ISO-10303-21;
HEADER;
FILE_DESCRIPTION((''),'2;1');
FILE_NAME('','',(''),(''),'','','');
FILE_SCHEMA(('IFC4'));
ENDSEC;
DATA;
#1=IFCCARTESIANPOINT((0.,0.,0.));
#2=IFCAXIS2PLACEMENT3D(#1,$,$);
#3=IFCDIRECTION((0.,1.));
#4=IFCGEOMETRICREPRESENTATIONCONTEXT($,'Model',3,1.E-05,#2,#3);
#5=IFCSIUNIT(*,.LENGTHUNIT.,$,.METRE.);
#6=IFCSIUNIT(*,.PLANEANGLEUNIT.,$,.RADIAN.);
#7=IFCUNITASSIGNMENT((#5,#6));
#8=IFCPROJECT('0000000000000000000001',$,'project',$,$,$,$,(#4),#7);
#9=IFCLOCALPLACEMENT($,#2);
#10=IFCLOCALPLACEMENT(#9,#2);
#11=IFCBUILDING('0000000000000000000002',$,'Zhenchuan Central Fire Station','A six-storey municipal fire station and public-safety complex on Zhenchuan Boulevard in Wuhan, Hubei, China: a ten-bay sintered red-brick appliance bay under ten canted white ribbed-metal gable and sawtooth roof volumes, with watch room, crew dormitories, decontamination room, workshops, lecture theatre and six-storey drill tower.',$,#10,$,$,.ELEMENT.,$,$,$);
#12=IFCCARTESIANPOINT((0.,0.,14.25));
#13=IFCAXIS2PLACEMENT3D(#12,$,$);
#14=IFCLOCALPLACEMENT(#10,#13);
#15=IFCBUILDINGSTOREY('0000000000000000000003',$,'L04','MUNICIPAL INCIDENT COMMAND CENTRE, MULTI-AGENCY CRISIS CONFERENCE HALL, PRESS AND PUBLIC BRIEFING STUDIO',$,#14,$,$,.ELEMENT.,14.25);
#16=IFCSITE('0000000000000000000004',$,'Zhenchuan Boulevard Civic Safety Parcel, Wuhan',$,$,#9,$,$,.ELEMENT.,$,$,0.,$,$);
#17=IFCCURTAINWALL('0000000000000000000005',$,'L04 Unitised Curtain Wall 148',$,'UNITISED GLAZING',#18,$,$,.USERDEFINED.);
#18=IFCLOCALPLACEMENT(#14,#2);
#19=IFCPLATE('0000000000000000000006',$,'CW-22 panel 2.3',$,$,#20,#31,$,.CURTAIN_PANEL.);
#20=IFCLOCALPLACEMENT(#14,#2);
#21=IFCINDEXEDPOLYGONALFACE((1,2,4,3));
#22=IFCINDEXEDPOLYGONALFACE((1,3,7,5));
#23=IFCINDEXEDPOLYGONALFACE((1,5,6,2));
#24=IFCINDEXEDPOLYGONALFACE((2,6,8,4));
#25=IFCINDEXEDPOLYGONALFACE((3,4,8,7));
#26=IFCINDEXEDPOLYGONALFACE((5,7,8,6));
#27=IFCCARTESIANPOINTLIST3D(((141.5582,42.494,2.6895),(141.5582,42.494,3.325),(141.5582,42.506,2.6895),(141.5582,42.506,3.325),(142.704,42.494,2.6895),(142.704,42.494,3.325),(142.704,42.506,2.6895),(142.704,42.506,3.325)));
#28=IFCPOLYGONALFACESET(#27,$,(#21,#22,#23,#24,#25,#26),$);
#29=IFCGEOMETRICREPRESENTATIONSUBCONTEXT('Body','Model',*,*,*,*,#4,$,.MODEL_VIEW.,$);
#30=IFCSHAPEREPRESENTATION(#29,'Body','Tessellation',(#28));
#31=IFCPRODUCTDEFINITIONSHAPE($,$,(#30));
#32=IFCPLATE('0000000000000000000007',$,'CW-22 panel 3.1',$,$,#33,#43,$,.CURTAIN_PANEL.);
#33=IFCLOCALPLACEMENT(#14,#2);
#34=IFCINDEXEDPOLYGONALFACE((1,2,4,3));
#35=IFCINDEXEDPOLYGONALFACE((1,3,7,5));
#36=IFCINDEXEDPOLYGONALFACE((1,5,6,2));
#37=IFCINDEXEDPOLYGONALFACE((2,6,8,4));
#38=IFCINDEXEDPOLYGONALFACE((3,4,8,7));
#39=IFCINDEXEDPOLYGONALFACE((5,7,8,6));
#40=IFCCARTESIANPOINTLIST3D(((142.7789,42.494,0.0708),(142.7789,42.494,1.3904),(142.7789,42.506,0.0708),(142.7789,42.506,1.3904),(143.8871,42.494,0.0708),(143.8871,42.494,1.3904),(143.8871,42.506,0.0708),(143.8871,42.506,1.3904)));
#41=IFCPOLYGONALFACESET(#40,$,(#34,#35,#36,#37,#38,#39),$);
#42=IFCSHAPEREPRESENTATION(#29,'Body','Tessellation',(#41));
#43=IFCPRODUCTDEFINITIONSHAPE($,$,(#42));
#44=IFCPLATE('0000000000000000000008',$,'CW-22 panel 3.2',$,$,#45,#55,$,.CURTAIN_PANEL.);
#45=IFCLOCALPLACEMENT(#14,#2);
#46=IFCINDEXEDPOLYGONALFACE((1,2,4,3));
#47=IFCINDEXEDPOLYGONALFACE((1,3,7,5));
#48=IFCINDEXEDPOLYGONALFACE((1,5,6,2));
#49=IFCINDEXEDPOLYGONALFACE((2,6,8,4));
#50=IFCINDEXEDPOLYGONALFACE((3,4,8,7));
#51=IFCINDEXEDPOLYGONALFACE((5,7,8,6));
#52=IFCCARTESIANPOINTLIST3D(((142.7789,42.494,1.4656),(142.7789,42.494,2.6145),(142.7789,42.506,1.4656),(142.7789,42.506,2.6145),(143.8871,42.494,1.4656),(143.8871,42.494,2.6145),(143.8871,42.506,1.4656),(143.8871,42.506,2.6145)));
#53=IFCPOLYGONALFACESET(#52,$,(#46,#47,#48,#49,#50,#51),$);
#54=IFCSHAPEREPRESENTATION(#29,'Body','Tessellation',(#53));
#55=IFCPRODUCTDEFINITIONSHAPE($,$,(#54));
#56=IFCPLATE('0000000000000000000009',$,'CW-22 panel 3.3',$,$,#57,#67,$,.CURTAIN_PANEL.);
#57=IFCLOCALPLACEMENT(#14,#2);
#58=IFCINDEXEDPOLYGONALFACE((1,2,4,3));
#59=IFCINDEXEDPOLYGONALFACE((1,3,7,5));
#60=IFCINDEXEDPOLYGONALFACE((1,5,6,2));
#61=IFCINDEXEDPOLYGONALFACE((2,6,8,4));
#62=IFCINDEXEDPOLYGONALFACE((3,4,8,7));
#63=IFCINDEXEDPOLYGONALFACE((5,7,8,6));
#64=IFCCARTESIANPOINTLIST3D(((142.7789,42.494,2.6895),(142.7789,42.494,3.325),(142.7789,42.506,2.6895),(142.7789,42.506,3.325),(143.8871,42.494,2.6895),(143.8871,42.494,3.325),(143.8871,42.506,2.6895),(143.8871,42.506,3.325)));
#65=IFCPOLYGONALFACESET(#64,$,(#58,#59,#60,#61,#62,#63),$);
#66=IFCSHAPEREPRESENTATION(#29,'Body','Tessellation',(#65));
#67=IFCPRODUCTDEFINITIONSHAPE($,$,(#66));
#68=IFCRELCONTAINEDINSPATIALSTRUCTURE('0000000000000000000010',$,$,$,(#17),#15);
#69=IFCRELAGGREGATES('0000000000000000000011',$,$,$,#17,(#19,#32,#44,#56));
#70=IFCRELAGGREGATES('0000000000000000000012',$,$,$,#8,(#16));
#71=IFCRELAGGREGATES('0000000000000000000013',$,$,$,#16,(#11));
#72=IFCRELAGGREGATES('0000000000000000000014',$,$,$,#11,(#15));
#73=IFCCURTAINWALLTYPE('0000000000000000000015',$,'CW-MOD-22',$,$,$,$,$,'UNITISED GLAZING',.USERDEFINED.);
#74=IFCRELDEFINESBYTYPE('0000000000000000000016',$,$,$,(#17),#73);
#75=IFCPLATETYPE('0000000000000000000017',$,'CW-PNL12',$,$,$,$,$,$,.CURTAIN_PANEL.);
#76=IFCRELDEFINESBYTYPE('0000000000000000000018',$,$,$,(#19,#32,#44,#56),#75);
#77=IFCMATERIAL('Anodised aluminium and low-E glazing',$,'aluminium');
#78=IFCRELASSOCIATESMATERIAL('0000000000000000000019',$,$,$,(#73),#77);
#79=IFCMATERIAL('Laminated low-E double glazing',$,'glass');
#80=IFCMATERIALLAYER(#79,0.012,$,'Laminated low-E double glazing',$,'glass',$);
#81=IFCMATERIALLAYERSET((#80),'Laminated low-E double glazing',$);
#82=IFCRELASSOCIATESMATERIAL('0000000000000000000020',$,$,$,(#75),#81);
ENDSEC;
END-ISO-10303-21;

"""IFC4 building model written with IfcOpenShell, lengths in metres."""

from ifc_helpers import new_model, si_unit, direction, frame, origin, origin_2d, place, context, subcontext, project, spatial, rectangle, extrude, material, layer, layer_set, type_object, element, aggregate, save


model = new_model("IFC4")

# Units and contexts
model_context = context("Model", 3, precision=1e-05, world=origin(), true_north=direction((0.0, 1.0)))
body_context = subcontext(model_context, "Body", "Model", "MODEL_VIEW")
ifc_project = project(units=[si_unit("LENGTHUNIT", "METRE"), si_unit("PLANEANGLEUNIT", "RADIAN")], contexts=[model_context])

# Site, building, storey
site_placement = place(None, origin())
site = spatial("IfcSite", under=ifc_project, at=site_placement, Name="Zhenchuan Boulevard Civic Safety Parcel, Wuhan", CompositionType="ELEMENT", RefElevation=0.0)
building_placement = place(site_placement, origin())
building = spatial("IfcBuilding", under=site, at=building_placement, Name="Zhenchuan Central Fire Station", Description="A six-storey municipal fire station and public-safety complex on Zhenchuan Boulevard in Wuhan, Hubei, China: a ten-bay sintered red-brick appliance bay under ten canted white ribbed-metal gable and sawtooth roof volumes, with watch room, crew dormitories, decontamination room, workshops, lecture theatre and six-storey drill tower.", CompositionType="ELEMENT")
storey_placement = place(building_placement, frame((0.0, 0.0, 14.25)))
storey = spatial("IfcBuildingStorey", under=building, at=storey_placement, Name="L04", Description="MUNICIPAL INCIDENT COMMAND CENTRE, MULTI-AGENCY CRISIS CONFERENCE HALL, PRESS AND PUBLIC BRIEFING STUDIO", CompositionType="ELEMENT", Elevation=14.25)

# Shared definitions
ifc_material_1 = material(Name="Anodised aluminium and low-E glazing", Category="aluminium")

# Curtain wall
curtain_wall_type_1 = type_object("IfcCurtainWallType", Name="CW-MOD-22", ElementType="UNITISED GLAZING", PredefinedType="USERDEFINED", material=ifc_material_1)
curtain_wall_1_placement = place(storey_placement, origin())
curtain_wall_1 = element("IfcCurtainWall", 1, at=curtain_wall_1_placement, inside=storey, type_object=curtain_wall_type_1, Name="L04 Unitised Curtain Wall 148", ObjectType="UNITISED GLAZING", PredefinedType="USERDEFINED")

# Plates
ifc_material_2 = material(Name="Laminated low-E double glazing", Category="glass")
ifc_layer = layer(ifc_material_2, 0.012, Name="Laminated low-E double glazing", Category="glass")
ifc_layer_set = layer_set([ifc_layer], Name="Laminated low-E double glazing")
plate_type = type_object("IfcPlateType", Name="CW-PNL12", PredefinedType="CURTAIN_PANEL", material=ifc_layer_set)
plate_1_placement = place(storey_placement, frame((142.1311, 42.5, 2.6895), z_axis=(0.0, 0.0, 1.0), x_axis=(1.0, 0.0, 0.0)))
plate_1 = element("IfcPlate", 2, at=plate_1_placement, type_object=plate_type, Name="CW-22 panel 2.3", PredefinedType="CURTAIN_PANEL", context=body_context, shape_type="SweptSolid", body=[
    extrude(rectangle(XDim=1.1458, YDim=0.012, at=origin_2d()), origin(), (0.0, 0.0, 1.0), 0.6355),
])
plate_2_placement = place(storey_placement, frame((143.333, 42.5, 0.0708), z_axis=(0.0, 0.0, 1.0), x_axis=(1.0, 0.0, 0.0)))
plate_2 = element("IfcPlate", 3, at=plate_2_placement, type_object=plate_type, Name="CW-22 panel 3.1", PredefinedType="CURTAIN_PANEL", context=body_context, shape_type="SweptSolid", body=[
    extrude(rectangle(XDim=1.1082, YDim=0.012, at=origin_2d()), origin(), (0.0, 0.0, 1.0), 1.3196),
])
plate_3_placement = place(storey_placement, frame((143.333, 42.5, 1.4656), z_axis=(0.0, 0.0, 1.0), x_axis=(1.0, 0.0, 0.0)))
plate_3 = element("IfcPlate", 4, at=plate_3_placement, type_object=plate_type, Name="CW-22 panel 3.2", PredefinedType="CURTAIN_PANEL", context=body_context, shape_type="SweptSolid", body=[
    extrude(rectangle(XDim=1.1082, YDim=0.012, at=origin_2d()), origin(), (0.0, 0.0, 1.0), 1.1489),
])
plate_4_placement = place(storey_placement, frame((143.333, 42.5, 2.6895), z_axis=(0.0, 0.0, 1.0), x_axis=(1.0, 0.0, 0.0)))
plate_4 = element("IfcPlate", 5, at=plate_4_placement, type_object=plate_type, Name="CW-22 panel 3.3", PredefinedType="CURTAIN_PANEL", context=body_context, shape_type="SweptSolid", body=[
    extrude(rectangle(XDim=1.1082, YDim=0.012, at=origin_2d()), origin(), (0.0, 0.0, 1.0), 0.6355),
])
aggregate(curtain_wall_1, [plate_1, plate_2, plate_3, plate_4])

save(model, "model.ifc")
